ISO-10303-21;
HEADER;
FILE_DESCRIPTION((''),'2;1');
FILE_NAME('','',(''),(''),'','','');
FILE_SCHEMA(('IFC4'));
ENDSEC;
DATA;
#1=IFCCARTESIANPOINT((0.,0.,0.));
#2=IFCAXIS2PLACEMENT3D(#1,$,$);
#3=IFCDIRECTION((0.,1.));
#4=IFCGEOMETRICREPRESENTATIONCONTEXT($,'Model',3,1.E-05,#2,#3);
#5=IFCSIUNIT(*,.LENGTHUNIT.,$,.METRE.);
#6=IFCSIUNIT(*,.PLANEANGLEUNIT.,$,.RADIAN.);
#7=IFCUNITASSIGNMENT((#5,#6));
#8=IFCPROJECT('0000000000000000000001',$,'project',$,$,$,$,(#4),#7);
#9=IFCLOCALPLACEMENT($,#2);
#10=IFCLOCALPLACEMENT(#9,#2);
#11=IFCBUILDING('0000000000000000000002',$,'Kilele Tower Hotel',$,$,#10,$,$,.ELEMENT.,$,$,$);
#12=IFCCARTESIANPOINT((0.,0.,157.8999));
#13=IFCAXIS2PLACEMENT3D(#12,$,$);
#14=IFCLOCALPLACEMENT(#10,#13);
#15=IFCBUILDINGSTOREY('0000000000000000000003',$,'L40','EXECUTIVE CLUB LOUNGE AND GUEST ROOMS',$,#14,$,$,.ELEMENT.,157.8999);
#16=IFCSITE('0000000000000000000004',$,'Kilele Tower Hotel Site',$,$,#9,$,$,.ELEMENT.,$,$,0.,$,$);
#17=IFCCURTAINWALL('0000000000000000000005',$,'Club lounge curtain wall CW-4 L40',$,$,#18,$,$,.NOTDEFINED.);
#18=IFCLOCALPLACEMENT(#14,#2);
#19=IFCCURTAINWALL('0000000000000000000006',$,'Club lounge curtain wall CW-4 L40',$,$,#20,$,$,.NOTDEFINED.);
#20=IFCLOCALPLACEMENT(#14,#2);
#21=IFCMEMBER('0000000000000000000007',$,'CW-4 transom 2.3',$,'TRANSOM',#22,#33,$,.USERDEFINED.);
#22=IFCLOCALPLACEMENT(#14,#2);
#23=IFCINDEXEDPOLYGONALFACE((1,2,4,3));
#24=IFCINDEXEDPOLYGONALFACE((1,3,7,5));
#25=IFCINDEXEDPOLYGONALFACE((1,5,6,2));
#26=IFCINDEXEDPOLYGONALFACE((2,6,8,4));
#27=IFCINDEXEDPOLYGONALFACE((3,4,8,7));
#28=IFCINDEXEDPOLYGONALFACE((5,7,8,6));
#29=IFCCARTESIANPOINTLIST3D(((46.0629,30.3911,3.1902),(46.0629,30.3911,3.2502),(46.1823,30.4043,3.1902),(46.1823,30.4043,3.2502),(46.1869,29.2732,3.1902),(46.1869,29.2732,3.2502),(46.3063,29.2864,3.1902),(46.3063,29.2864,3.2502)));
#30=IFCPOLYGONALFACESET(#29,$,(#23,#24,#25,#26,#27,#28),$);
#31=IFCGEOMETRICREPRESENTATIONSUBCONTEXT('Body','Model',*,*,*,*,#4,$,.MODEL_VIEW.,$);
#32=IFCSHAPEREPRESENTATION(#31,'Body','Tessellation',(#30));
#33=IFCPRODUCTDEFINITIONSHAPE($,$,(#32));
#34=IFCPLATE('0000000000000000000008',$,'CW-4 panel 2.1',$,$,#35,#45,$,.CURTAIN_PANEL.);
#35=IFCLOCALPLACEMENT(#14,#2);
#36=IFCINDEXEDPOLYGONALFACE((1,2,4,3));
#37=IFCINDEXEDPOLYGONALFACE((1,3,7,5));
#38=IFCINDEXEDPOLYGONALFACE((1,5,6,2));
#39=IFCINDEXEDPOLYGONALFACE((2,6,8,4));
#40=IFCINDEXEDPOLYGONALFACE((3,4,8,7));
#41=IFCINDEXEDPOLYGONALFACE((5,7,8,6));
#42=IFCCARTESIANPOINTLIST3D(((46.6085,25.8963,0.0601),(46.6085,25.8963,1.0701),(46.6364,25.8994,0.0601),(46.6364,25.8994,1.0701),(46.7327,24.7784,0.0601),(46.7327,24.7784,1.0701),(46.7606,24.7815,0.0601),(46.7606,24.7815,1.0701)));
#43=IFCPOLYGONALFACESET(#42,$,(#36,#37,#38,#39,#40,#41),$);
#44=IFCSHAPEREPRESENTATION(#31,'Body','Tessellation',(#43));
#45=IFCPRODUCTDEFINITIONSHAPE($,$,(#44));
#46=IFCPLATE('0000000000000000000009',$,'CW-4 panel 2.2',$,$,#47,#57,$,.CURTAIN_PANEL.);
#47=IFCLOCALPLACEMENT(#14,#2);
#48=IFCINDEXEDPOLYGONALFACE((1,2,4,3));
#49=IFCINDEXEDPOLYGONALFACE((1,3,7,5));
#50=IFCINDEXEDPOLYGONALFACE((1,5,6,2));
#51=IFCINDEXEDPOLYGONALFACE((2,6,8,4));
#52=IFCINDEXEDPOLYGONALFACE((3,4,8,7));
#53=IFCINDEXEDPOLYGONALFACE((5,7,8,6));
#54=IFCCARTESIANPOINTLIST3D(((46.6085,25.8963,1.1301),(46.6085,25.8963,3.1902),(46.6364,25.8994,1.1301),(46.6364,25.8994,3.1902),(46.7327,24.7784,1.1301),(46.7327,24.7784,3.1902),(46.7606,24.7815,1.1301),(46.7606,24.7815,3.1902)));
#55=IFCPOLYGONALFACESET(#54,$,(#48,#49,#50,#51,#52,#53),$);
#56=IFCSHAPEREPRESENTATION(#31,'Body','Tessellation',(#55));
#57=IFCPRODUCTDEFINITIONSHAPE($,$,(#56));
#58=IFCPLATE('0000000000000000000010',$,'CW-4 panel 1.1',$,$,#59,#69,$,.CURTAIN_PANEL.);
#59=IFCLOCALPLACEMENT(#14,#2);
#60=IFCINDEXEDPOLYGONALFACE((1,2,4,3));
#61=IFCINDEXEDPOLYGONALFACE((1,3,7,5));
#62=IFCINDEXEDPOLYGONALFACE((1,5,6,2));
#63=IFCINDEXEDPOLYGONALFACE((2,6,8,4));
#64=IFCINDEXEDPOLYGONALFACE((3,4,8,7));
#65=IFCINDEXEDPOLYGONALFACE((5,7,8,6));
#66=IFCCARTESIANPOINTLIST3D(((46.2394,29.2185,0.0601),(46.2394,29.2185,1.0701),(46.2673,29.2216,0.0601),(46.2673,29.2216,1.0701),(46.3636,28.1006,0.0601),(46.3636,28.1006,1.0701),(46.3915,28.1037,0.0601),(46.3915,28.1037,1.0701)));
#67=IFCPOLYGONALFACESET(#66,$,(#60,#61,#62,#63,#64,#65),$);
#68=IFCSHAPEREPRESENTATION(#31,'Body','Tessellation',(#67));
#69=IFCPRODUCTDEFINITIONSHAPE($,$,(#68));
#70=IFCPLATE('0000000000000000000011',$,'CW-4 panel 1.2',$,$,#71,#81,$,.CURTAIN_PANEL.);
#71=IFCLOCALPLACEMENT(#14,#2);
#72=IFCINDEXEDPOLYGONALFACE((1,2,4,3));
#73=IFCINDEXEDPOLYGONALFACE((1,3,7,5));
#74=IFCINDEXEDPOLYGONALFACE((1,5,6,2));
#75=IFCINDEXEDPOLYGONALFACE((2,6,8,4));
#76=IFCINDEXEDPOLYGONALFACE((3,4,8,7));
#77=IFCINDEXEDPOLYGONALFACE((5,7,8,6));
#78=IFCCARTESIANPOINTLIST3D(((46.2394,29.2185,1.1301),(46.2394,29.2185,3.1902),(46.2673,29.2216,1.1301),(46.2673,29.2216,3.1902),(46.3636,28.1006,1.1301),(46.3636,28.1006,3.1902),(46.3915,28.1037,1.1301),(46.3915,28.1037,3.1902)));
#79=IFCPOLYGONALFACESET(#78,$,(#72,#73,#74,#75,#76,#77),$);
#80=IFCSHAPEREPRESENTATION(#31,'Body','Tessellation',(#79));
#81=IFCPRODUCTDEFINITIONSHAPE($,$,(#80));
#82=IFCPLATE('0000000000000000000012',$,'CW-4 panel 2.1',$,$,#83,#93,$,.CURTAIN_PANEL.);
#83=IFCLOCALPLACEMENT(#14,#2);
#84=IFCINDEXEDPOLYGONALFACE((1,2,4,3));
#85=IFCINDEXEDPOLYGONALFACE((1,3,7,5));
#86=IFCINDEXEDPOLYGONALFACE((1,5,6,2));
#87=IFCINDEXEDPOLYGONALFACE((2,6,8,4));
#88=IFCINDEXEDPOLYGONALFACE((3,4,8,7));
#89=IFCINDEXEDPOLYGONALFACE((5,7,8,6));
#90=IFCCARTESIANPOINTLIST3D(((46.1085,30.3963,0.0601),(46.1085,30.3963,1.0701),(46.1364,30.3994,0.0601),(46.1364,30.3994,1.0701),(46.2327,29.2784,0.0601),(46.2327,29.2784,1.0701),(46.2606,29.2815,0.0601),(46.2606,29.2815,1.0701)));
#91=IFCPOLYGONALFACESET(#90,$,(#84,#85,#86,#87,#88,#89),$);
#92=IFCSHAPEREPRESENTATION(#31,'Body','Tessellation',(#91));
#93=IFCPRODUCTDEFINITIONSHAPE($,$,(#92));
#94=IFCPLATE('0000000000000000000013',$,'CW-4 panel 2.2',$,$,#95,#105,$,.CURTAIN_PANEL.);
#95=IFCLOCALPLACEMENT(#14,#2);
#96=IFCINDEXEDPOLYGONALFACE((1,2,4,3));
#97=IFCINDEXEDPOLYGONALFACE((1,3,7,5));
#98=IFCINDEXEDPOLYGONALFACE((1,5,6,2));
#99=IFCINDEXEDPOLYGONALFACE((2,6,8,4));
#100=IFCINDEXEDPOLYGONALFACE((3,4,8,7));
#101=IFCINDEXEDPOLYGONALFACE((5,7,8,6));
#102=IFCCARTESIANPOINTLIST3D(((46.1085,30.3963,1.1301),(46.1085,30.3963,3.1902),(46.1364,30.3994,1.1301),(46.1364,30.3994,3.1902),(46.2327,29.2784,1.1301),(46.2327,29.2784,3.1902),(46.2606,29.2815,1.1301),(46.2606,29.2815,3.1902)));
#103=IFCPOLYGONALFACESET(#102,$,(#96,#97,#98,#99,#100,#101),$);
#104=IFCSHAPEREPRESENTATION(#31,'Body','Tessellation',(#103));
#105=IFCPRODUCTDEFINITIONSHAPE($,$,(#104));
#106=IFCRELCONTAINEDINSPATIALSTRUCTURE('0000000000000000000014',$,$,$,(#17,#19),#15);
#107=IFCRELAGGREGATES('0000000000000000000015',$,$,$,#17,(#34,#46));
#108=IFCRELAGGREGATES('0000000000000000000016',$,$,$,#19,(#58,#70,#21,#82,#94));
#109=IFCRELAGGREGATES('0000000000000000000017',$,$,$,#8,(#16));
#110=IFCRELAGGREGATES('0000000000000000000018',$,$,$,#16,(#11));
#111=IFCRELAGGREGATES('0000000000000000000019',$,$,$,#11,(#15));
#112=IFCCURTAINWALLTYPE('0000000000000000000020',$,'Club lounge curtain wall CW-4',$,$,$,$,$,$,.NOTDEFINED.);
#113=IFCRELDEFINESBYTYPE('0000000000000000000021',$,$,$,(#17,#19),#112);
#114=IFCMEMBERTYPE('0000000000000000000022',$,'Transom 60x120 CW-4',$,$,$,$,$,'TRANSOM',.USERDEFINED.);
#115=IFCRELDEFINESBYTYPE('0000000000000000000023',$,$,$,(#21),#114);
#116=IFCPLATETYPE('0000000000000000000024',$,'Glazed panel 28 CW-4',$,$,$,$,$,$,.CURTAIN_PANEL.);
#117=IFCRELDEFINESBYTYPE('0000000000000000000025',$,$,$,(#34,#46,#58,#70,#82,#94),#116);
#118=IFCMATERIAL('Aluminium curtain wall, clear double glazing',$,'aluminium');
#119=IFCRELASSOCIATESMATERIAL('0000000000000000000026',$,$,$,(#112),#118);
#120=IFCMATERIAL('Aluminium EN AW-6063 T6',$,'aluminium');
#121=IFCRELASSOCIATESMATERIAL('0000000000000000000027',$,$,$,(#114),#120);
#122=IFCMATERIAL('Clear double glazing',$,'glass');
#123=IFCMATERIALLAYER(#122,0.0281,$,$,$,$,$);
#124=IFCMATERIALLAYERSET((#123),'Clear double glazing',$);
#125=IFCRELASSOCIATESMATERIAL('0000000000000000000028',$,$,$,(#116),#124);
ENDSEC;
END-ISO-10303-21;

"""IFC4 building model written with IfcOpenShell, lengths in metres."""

from ifc_helpers import new_model, si_unit, direction, frame, origin, origin_2d, place, context, subcontext, project, spatial, rectangle, extrude, material, layer, layer_set, material_profile, profile_set, type_object, element, aggregate, save


model = new_model("IFC4")

# Units and contexts
model_context = context("Model", 3, precision=1e-05, world=origin(), true_north=direction((0.0, 1.0)))
body_context = subcontext(model_context, "Body", "Model", "MODEL_VIEW")
ifc_project = project(units=[si_unit("LENGTHUNIT", "METRE"), si_unit("PLANEANGLEUNIT", "RADIAN")], contexts=[model_context])

# Site, building, storey
site_placement = place(None, origin())
site = spatial("IfcSite", under=ifc_project, at=site_placement, Name="Kilele Tower Hotel Site", CompositionType="ELEMENT", RefElevation=0.0)
building_placement = place(site_placement, origin())
building = spatial("IfcBuilding", under=site, at=building_placement, Name="Kilele Tower Hotel", CompositionType="ELEMENT")
storey_placement = place(building_placement, frame((0.0, 0.0, 157.8999)))
storey = spatial("IfcBuildingStorey", under=building, at=storey_placement, Name="L40", Description="EXECUTIVE CLUB LOUNGE AND GUEST ROOMS", CompositionType="ELEMENT", Elevation=157.8999)

# Curtain wall
ifc_material_1 = material(Name="Aluminium curtain wall, clear double glazing", Category="aluminium")
curtain_wall_type = type_object("IfcCurtainWallType", Name="Club lounge curtain wall CW-4", PredefinedType="NOTDEFINED", material=ifc_material_1)
curtain_wall_1_placement = place(storey_placement, origin())
curtain_wall_1 = element("IfcCurtainWall", 1, at=curtain_wall_1_placement, inside=storey, type_object=curtain_wall_type, Name="Club lounge curtain wall CW-4 L40", PredefinedType="NOTDEFINED")

# Curtain wall
curtain_wall_2_placement = place(storey_placement, origin())
curtain_wall_2 = element("IfcCurtainWall", 2, at=curtain_wall_2_placement, inside=storey, type_object=curtain_wall_type, Name="Club lounge curtain wall CW-4 L40", PredefinedType="NOTDEFINED")

# Member
ifc_material_2 = material(Name="Aluminium EN AW-6063 T6", Category="aluminium")
ifc_material_profile_1 = material_profile(ifc_material_2, rectangle(XDim=0.1201, YDim=0.0601, at=origin_2d()))
ifc_profile_set_1 = profile_set([ifc_material_profile_1], Name="Aluminium EN AW-6063 T6")
member_type_1 = type_object("IfcMemberType", Name="Transom 60x120 CW-4", ElementType="TRANSOM", PredefinedType="USERDEFINED", material=ifc_profile_set_1)
member_1_placement = place(storey_placement, frame((46.2466, 29.2798, 3.2202), z_axis=(-0.110265, 0.993902, 0.0), x_axis=(-0.993902, -0.110265, 0.0)))
member_1 = element("IfcMember", 3, at=member_1_placement, type_object=member_type_1, Name="CW-4 transom 2.3", ObjectType="TRANSOM", PredefinedType="USERDEFINED", context=body_context, shape_type="SweptSolid", body=[
    extrude(rectangle(XDim=0.1201, YDim=0.0601, at=origin_2d()), origin(), (0.0, 0.0, 1.0), 1.1248),
])

# Plates
ifc_material_3 = material(Name="Clear double glazing", Category="glass")
ifc_layer = layer(ifc_material_3, 0.0281)
ifc_layer_set = layer_set([ifc_layer], Name="Clear double glazing")
plate_type = type_object("IfcPlateType", Name="Glazed panel 28 CW-4", PredefinedType="CURTAIN_PANEL", material=ifc_layer_set)
plate_1_placement = place(storey_placement, frame((46.6846, 25.3389, 0.0601), z_axis=(0.0, 0.0, 1.0), x_axis=(-0.110432, 0.993884, 0.0)))
plate_1 = element("IfcPlate", 4, at=plate_1_placement, type_object=plate_type, Name="CW-4 panel 2.1", PredefinedType="CURTAIN_PANEL", context=body_context, shape_type="SweptSolid", body=[
    extrude(rectangle(XDim=1.1248, YDim=0.0281, at=origin_2d()), origin(), (0.0, 0.0, 1.0), 1.01),
])
plate_2_placement = place(storey_placement, frame((46.6846, 25.3389, 1.1301), z_axis=(0.0, 0.0, 1.0), x_axis=(-0.110432, 0.993884, 0.0)))
plate_2 = element("IfcPlate", 5, at=plate_2_placement, type_object=plate_type, Name="CW-4 panel 2.2", PredefinedType="CURTAIN_PANEL", context=body_context, shape_type="SweptSolid", body=[
    extrude(rectangle(XDim=1.1248, YDim=0.0281, at=origin_2d()), origin(), (0.0, 0.0, 1.0), 2.0601),
])
aggregate(curtain_wall_1, [plate_1, plate_2])
plate_3_placement = place(storey_placement, frame((46.3154, 28.6611, 0.0601), z_axis=(0.0, 0.0, 1.0), x_axis=(-0.110432, 0.993884, 0.0)))
plate_3 = element("IfcPlate", 6, at=plate_3_placement, type_object=plate_type, Name="CW-4 panel 1.1", PredefinedType="CURTAIN_PANEL", context=body_context, shape_type="SweptSolid", body=[
    extrude(rectangle(XDim=1.1248, YDim=0.0281, at=origin_2d()), origin(), (0.0, 0.0, 1.0), 1.01),
])
plate_4_placement = place(storey_placement, frame((46.3154, 28.6611, 1.1301), z_axis=(0.0, 0.0, 1.0), x_axis=(-0.110432, 0.993884, 0.0)))
plate_4 = element("IfcPlate", 7, at=plate_4_placement, type_object=plate_type, Name="CW-4 panel 1.2", PredefinedType="CURTAIN_PANEL", context=body_context, shape_type="SweptSolid", body=[
    extrude(rectangle(XDim=1.1248, YDim=0.0281, at=origin_2d()), origin(), (0.0, 0.0, 1.0), 2.0601),
])
plate_5_placement = place(storey_placement, frame((46.1846, 29.8389, 0.0601), z_axis=(0.0, 0.0, 1.0), x_axis=(-0.110432, 0.993884, 0.0)))
plate_5 = element("IfcPlate", 8, at=plate_5_placement, type_object=plate_type, Name="CW-4 panel 2.1", PredefinedType="CURTAIN_PANEL", context=body_context, shape_type="SweptSolid", body=[
    extrude(rectangle(XDim=1.1248, YDim=0.0281, at=origin_2d()), origin(), (0.0, 0.0, 1.0), 1.01),
])
plate_6_placement = place(storey_placement, frame((46.1846, 29.8389, 1.1301), z_axis=(0.0, 0.0, 1.0), x_axis=(-0.110432, 0.993884, 0.0)))
plate_6 = element("IfcPlate", 9, at=plate_6_placement, type_object=plate_type, Name="CW-4 panel 2.2", PredefinedType="CURTAIN_PANEL", context=body_context, shape_type="SweptSolid", body=[
    extrude(rectangle(XDim=1.1248, YDim=0.0281, at=origin_2d()), origin(), (0.0, 0.0, 1.0), 2.0601),
])
aggregate(curtain_wall_2, [plate_3, plate_4, member_1, plate_5, plate_6])

save(model, "model.ifc")
